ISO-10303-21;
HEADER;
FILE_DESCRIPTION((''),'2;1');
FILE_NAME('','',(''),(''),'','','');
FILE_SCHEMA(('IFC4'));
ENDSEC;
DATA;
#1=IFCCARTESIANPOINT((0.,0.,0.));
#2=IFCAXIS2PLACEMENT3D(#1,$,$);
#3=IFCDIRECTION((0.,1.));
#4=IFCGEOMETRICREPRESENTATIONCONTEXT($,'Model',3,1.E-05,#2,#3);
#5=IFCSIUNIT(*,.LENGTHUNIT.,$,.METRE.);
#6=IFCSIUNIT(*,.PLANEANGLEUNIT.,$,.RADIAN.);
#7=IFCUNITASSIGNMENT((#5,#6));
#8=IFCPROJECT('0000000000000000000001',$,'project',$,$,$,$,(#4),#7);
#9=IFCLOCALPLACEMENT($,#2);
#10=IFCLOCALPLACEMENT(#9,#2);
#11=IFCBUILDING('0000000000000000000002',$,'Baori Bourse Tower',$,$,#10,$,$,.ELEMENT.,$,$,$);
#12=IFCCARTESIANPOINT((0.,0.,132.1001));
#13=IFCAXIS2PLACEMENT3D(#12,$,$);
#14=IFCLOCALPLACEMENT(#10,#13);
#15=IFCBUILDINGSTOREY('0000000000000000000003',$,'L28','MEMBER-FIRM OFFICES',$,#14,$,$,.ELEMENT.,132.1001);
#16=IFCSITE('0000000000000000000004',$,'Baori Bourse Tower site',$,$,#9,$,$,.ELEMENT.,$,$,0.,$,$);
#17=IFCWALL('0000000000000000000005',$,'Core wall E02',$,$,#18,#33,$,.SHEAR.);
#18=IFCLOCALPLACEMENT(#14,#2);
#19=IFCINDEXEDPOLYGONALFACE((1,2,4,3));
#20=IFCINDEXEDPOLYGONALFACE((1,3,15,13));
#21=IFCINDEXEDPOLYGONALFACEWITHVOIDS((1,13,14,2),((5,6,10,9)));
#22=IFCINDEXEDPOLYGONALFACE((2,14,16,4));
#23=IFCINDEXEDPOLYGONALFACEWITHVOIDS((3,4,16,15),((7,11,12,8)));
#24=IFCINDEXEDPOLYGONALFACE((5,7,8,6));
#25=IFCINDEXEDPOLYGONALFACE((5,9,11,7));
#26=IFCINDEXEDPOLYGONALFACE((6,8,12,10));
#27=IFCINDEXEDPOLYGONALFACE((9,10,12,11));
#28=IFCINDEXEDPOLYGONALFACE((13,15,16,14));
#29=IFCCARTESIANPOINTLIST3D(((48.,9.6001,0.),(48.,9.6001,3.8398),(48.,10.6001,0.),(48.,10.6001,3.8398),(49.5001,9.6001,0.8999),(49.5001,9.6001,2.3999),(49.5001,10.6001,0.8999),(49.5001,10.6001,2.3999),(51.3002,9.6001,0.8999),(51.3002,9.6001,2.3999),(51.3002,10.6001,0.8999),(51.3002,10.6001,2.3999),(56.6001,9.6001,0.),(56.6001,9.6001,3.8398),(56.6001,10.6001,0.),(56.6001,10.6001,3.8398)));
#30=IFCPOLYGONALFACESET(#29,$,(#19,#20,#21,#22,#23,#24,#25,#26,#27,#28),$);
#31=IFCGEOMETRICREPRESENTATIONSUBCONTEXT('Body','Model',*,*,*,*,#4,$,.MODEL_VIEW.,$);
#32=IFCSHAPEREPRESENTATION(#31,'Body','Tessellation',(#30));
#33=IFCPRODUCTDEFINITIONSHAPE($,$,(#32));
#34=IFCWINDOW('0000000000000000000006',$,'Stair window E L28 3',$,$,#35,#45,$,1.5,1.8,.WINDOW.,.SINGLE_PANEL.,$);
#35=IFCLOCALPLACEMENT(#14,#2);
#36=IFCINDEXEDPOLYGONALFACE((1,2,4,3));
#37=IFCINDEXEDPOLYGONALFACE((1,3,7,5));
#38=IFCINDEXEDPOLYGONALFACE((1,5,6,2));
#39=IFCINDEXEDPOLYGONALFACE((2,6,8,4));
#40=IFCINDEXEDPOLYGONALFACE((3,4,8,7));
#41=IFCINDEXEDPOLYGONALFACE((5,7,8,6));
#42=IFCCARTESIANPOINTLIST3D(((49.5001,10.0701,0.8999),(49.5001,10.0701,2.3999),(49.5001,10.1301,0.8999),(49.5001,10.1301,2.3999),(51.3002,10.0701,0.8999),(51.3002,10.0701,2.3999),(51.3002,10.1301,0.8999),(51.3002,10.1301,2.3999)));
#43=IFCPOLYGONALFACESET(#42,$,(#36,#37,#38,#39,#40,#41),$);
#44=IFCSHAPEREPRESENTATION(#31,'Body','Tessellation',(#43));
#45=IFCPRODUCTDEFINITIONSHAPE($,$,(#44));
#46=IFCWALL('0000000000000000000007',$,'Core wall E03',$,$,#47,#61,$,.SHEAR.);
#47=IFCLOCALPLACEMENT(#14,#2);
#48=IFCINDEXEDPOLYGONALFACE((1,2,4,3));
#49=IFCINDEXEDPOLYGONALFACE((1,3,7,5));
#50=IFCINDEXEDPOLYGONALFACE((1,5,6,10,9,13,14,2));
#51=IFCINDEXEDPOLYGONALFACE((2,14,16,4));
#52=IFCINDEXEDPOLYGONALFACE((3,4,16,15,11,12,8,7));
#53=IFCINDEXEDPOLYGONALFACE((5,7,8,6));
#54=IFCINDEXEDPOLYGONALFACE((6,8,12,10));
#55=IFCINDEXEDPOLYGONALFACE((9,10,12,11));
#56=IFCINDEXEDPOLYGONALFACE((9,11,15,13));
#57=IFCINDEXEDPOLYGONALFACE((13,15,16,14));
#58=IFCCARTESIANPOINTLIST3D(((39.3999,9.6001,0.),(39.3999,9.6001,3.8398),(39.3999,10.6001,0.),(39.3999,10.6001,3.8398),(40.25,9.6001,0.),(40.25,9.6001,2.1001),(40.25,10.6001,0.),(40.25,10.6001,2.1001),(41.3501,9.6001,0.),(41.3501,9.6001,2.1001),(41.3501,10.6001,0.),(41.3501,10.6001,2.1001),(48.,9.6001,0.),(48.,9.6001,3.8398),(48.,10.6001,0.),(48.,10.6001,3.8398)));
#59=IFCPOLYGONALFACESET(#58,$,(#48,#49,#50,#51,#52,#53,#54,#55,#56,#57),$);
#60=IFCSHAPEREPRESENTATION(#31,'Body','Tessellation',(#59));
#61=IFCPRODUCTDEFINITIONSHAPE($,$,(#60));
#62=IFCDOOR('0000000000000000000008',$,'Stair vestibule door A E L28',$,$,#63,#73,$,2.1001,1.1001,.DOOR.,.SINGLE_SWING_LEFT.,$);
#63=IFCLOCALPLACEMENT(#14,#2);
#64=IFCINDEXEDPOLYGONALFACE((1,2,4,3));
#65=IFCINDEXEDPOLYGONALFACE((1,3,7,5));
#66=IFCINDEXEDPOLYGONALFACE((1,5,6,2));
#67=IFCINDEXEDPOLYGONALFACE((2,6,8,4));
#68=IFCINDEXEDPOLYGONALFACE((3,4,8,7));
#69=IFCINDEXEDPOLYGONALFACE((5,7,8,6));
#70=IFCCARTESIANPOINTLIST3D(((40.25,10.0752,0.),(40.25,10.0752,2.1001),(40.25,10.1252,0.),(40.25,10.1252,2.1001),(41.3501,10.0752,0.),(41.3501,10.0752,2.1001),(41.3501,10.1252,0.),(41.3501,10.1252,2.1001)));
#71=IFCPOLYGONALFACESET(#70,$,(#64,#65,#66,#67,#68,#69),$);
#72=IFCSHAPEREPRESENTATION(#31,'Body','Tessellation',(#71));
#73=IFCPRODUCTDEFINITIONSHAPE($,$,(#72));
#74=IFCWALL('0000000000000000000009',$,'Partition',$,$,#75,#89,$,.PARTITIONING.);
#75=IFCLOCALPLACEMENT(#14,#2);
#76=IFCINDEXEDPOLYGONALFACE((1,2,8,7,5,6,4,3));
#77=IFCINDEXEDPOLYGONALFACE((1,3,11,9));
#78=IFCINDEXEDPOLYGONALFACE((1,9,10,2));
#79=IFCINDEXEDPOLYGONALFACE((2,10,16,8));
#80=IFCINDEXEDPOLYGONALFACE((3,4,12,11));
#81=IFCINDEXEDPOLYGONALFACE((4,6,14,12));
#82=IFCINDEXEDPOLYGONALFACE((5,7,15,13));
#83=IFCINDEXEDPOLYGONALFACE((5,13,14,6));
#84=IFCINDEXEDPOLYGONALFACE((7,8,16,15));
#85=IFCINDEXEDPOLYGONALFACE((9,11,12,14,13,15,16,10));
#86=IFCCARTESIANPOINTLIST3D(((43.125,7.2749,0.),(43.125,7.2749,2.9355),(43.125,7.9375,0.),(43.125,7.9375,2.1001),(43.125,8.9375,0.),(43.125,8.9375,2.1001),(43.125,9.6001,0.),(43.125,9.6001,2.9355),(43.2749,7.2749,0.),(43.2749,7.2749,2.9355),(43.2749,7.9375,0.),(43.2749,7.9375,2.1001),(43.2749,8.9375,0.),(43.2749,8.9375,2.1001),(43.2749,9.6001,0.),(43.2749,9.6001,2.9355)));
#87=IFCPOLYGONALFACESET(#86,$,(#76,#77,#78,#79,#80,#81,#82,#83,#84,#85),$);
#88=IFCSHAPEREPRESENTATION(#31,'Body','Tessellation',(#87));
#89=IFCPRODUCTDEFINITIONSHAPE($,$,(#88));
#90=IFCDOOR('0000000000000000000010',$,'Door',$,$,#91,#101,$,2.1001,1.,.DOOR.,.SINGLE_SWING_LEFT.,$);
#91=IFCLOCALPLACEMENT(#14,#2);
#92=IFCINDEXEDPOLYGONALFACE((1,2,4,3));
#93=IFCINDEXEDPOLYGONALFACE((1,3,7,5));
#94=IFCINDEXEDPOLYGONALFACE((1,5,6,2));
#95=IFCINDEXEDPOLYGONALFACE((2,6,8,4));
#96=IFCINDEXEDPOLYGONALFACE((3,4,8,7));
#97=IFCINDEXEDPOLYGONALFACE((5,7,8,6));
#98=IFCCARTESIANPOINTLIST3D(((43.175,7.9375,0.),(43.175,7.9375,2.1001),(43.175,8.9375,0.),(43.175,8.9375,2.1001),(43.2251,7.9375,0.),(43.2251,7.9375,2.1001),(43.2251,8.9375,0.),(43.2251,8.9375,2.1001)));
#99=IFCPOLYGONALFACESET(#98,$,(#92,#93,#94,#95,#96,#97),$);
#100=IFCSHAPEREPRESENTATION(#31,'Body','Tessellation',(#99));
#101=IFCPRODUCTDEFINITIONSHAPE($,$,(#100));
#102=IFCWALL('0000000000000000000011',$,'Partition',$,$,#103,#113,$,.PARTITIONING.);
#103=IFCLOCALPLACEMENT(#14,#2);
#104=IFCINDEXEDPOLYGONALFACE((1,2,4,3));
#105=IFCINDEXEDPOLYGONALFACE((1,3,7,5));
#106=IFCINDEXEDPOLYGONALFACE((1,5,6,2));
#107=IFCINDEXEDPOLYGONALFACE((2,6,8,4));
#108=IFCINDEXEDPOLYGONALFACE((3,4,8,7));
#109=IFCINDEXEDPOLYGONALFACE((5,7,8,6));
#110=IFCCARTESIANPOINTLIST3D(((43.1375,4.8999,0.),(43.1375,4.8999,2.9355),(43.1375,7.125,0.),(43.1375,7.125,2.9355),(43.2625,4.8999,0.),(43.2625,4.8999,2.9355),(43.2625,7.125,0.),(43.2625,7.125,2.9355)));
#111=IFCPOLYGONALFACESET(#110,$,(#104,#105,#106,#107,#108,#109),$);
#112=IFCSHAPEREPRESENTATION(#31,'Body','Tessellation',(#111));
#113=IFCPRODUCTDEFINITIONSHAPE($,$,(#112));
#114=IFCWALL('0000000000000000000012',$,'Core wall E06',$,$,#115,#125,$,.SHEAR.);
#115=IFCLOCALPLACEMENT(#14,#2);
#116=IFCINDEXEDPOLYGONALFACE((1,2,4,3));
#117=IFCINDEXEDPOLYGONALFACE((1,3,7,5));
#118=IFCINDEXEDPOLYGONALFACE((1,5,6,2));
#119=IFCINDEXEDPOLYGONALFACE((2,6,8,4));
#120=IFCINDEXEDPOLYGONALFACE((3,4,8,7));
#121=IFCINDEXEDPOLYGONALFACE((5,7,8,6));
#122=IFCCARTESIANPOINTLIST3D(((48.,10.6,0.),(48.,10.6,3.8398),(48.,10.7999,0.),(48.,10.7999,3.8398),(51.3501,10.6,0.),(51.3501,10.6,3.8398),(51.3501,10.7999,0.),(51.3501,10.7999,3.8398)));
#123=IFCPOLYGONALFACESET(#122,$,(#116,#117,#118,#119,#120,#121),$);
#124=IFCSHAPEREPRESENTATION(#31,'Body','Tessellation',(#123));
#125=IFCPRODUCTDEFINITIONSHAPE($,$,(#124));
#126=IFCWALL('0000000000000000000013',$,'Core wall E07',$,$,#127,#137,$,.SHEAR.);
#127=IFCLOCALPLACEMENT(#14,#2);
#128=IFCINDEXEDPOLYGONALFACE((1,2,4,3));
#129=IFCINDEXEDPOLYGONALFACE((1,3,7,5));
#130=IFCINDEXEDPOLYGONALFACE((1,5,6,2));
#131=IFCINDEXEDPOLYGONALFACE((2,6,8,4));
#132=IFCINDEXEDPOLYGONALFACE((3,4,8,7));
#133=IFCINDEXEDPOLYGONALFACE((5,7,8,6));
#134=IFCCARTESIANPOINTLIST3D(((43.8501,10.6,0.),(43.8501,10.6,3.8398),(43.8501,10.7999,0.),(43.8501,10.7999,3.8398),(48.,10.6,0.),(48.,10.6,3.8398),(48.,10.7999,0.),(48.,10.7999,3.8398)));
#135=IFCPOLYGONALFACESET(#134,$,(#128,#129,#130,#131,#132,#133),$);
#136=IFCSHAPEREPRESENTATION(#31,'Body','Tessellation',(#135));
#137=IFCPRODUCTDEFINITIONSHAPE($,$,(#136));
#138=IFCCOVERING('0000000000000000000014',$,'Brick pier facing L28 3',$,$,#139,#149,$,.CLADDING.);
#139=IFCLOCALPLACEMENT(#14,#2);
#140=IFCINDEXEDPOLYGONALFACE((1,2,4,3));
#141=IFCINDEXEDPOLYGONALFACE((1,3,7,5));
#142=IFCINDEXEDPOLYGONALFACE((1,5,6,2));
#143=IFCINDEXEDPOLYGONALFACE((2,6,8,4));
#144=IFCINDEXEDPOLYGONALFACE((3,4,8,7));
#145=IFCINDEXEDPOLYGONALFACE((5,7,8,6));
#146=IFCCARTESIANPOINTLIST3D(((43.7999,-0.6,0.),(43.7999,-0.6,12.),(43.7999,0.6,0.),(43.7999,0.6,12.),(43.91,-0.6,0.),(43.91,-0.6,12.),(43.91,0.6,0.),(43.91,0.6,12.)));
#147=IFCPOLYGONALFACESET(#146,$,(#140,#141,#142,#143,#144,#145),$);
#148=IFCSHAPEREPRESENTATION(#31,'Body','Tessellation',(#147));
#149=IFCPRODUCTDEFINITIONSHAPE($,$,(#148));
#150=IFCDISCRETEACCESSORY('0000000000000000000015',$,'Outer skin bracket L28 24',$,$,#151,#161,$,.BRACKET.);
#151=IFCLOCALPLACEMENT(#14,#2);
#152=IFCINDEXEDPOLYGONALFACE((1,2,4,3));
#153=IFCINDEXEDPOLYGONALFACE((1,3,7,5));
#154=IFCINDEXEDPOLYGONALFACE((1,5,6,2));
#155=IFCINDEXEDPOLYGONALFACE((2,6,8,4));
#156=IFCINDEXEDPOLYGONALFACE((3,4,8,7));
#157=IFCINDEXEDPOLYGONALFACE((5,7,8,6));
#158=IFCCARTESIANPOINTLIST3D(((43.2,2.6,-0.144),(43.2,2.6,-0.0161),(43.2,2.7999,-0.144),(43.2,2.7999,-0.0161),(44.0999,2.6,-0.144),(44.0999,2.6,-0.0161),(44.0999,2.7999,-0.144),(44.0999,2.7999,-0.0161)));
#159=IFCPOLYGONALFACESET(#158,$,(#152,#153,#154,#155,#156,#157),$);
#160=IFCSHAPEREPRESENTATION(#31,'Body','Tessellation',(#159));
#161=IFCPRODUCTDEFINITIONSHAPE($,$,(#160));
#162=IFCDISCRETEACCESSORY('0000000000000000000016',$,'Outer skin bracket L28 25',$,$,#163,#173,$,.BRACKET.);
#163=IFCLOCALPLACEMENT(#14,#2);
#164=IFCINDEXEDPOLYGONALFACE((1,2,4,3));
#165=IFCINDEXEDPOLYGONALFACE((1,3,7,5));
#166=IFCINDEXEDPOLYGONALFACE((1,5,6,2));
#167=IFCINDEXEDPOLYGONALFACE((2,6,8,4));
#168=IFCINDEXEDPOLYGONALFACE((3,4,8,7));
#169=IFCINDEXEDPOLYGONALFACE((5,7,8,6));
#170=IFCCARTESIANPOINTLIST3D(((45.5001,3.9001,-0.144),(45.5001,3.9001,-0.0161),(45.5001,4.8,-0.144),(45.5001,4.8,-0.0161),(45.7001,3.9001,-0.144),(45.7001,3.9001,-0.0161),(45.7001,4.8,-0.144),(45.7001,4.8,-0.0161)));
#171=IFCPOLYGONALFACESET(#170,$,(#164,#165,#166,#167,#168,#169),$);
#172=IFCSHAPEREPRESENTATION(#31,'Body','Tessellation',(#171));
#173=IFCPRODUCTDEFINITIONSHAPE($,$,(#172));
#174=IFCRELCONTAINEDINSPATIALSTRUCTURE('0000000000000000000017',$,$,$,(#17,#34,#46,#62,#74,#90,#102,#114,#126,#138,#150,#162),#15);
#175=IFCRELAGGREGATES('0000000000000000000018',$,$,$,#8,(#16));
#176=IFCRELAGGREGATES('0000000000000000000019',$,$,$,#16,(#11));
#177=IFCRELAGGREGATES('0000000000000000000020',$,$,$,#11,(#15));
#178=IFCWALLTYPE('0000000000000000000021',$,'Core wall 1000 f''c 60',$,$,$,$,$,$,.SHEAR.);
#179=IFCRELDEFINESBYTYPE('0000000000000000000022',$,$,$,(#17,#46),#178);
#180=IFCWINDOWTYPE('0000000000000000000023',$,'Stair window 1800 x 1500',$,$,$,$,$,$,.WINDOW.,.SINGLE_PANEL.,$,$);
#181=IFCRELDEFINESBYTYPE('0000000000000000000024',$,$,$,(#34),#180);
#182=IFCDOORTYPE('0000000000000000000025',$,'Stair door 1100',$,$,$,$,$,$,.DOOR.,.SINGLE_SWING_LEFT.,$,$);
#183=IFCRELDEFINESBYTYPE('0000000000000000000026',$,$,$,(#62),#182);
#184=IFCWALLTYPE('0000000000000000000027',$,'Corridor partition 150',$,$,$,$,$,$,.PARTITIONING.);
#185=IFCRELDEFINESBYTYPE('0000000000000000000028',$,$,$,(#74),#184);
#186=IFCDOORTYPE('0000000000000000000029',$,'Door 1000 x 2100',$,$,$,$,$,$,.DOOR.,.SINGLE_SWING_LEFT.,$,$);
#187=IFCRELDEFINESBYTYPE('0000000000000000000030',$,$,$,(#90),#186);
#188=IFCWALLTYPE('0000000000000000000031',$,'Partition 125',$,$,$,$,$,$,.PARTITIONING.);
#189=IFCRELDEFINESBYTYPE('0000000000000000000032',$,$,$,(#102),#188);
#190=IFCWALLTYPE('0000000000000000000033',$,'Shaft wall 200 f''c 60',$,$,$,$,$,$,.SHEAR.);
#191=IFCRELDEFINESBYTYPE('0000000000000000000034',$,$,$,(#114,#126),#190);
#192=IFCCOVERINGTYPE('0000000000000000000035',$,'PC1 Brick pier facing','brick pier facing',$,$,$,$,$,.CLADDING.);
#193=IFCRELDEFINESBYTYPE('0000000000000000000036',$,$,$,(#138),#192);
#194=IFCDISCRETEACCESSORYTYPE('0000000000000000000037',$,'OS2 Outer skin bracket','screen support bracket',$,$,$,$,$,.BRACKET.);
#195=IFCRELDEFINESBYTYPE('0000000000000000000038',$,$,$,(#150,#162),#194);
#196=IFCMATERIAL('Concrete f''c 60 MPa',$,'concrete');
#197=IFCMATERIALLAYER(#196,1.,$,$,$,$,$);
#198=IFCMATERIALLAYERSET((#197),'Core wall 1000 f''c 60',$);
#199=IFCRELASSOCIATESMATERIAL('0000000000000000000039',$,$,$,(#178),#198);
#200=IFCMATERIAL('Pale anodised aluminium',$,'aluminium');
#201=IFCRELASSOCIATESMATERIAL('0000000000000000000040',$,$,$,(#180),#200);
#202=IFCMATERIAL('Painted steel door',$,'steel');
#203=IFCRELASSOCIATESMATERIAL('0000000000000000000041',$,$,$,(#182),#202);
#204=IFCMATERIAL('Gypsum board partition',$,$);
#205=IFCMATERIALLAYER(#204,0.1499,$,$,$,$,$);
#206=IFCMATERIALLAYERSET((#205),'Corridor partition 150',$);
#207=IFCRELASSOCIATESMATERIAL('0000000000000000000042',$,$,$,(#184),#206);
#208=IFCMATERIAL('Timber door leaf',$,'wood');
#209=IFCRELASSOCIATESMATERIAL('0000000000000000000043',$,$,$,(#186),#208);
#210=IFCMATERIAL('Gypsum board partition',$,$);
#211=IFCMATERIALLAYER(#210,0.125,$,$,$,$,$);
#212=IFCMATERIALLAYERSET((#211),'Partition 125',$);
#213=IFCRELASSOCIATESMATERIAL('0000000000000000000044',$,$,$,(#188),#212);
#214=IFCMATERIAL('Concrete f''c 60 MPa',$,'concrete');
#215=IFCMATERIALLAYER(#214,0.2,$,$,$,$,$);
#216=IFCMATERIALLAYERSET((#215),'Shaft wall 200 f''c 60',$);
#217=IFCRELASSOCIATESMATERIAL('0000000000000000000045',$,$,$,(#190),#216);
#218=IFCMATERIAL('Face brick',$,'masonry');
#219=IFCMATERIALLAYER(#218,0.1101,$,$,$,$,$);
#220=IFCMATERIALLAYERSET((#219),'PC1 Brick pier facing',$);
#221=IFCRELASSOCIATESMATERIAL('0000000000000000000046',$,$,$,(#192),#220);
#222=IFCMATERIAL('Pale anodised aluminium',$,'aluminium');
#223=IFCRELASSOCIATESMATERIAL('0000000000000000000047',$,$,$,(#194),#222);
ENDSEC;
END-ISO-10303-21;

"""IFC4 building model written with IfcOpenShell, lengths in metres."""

from ifc_helpers import new_model, si_unit, direction, frame, frame_2d, origin, origin_2d, place, context, subcontext, project, spatial, rectangle, extrude, material, layer, layer_set, type_object, element, fill, save


model = new_model("IFC4")

# Units and contexts
model_context = context("Model", 3, precision=1e-05, world=origin(), true_north=direction((0.0, 1.0)))
body_context = subcontext(model_context, "Body", "Model", "MODEL_VIEW")
ifc_project = project(units=[si_unit("LENGTHUNIT", "METRE"), si_unit("PLANEANGLEUNIT", "RADIAN")], contexts=[model_context])

# Site, building, storey
site_placement = place(None, origin())
site = spatial("IfcSite", under=ifc_project, at=site_placement, Name="Baori Bourse Tower site", CompositionType="ELEMENT", RefElevation=0.0)
building_placement = place(site_placement, origin())
building = spatial("IfcBuilding", under=site, at=building_placement, Name="Baori Bourse Tower", CompositionType="ELEMENT")
storey_placement = place(building_placement, frame((0.0, 0.0, 132.1001)))
storey = spatial("IfcBuildingStorey", under=building, at=storey_placement, Name="L28", Description="MEMBER-FIRM OFFICES", CompositionType="ELEMENT", Elevation=132.1001)

# Wall, opening, window
ifc_material_1 = material(Name="Concrete f'c 60 MPa", Category="concrete")
ifc_layer_1 = layer(ifc_material_1, 1.0)
ifc_layer_set_1 = layer_set([ifc_layer_1], Name="Core wall 1000 f'c 60")
wall_type_1 = type_object("IfcWallType", Name="Core wall 1000 f'c 60", PredefinedType="SHEAR", material=ifc_layer_set_1)
wall_1_placement = place(storey_placement, frame((56.6001, 10.1001, 0.0), z_axis=(0.0, 0.0, 1.0), x_axis=(-1.0, 0.0, 0.0)))
wall_1 = element("IfcWall", 1, at=wall_1_placement, inside=storey, type_object=wall_type_1, Name="Core wall E02", PredefinedType="SHEAR", context=body_context, shape_type="SweptSolid", body=[
    extrude(rectangle(XDim=8.6001, YDim=1.0, at=frame_2d((4.3, 0.0))), origin(), (0.0, 0.0, 1.0), 3.8398),
])
opening_1_placement = place(wall_1_placement, frame((5.3, 0.0, 0.8999)))
opening_1 = element("IfcOpeningElement", 2, at=opening_1_placement, cuts=wall_1, PredefinedType="OPENING", context=body_context, shape_type="SweptSolid", body=[
    extrude(rectangle(XDim=1.8, YDim=1.5, at=frame_2d((0.8999, 0.75))), frame((0.0, 0.51, 0.0), z_axis=(0.0, -1.0, 0.0), x_axis=(1.0, 0.0, 0.0)), (0.0, 0.0, 1.0), 1.02),
])
ifc_material_2 = material(Name="Pale anodised aluminium", Category="aluminium")
window_type = type_object("IfcWindowType", Name="Stair window 1800 x 1500", PartitioningType="SINGLE_PANEL", PredefinedType="WINDOW", material=ifc_material_2)
window_placement = place(opening_1_placement, origin())
window = element("IfcWindow", 3, at=window_placement, inside=storey, type_object=window_type, Name="Stair window E L28 3", OverallHeight=1.5, OverallWidth=1.8, PartitioningType="SINGLE_PANEL", PredefinedType="WINDOW", context=body_context, shape_type="SweptSolid", body=[
    extrude(rectangle(XDim=1.8, YDim=1.5, at=frame_2d((0.8999, 0.75))), frame((0.0, 0.03, 0.0), z_axis=(0.0, -1.0, 0.0), x_axis=(1.0, 0.0, 0.0)), (0.0, 0.0, 1.0), 0.0601),
])
fill(opening_1, window)

# Walls, openings, doors
wall_2_placement = place(storey_placement, frame((48.0, 10.1001, 0.0), z_axis=(0.0, 0.0, 1.0), x_axis=(-1.0, 0.0, 0.0)))
wall_2 = element("IfcWall", 4, at=wall_2_placement, inside=storey, type_object=wall_type_1, Name="Core wall E03", PredefinedType="SHEAR", context=body_context, shape_type="SweptSolid", body=[
    extrude(rectangle(XDim=8.6001, YDim=1.0, at=frame_2d((4.3, 0.0))), origin(), (0.0, 0.0, 1.0), 3.8398),
])
opening_2_placement = place(wall_2_placement, frame((6.6499, 0.0, 0.0)))
opening_2 = element("IfcOpeningElement", 5, at=opening_2_placement, cuts=wall_2, PredefinedType="OPENING", context=body_context, shape_type="SweptSolid", body=[
    extrude(rectangle(XDim=1.1001, YDim=2.1001, at=frame_2d((0.55, 1.05))), frame((0.0, 0.51, 0.0), z_axis=(0.0, -1.0, 0.0), x_axis=(1.0, 0.0, 0.0)), (0.0, 0.0, 1.0), 1.02),
])
ifc_material_3 = material(Name="Painted steel door", Category="steel")
door_type_1 = type_object("IfcDoorType", Name="Stair door 1100", OperationType="SINGLE_SWING_LEFT", PredefinedType="DOOR", material=ifc_material_3)
door_1_placement = place(opening_2_placement, origin())
door_1 = element("IfcDoor", 6, at=door_1_placement, inside=storey, type_object=door_type_1, Name="Stair vestibule door A E L28", OperationType="SINGLE_SWING_LEFT", OverallHeight=2.1001, OverallWidth=1.1001, PredefinedType="DOOR", context=body_context, shape_type="SweptSolid", body=[
    extrude(rectangle(XDim=1.1001, YDim=2.1001, at=frame_2d((0.55, 1.05))), frame((0.0, 0.0249, 0.0), z_axis=(0.0, -1.0, 0.0), x_axis=(1.0, 0.0, 0.0)), (0.0, 0.0, 1.0), 0.05),
])
fill(opening_2, door_1)
ifc_material_4 = material(Name="Gypsum board partition")
ifc_layer_2 = layer(ifc_material_4, 0.1499)
ifc_layer_set_2 = layer_set([ifc_layer_2], Name="Corridor partition 150")
wall_type_2 = type_object("IfcWallType", Name="Corridor partition 150", PredefinedType="PARTITIONING", material=ifc_layer_set_2)
wall_3_placement = place(storey_placement, frame((43.2, 7.2749, 0.0), z_axis=(0.0, 0.0, 1.0), x_axis=(0.0, 1.0, 0.0)))
wall_3 = element("IfcWall", 7, at=wall_3_placement, inside=storey, type_object=wall_type_2, Name="Partition", PredefinedType="PARTITIONING", context=body_context, shape_type="SweptSolid", body=[
    extrude(rectangle(XDim=2.3252, YDim=0.1499, at=frame_2d((1.1626, 0.0))), origin(), (0.0, 0.0, 1.0), 2.9355),
])
opening_3_placement = place(wall_3_placement, frame((0.6626, 0.0, 0.0)))
opening_3 = element("IfcOpeningElement", 8, at=opening_3_placement, cuts=wall_3, PredefinedType="OPENING", context=body_context, shape_type="SweptSolid", body=[
    extrude(rectangle(XDim=1.0, YDim=2.1001, at=frame_2d((0.5, 1.05))), frame((0.0, 0.085, 0.0), z_axis=(0.0, -1.0, 0.0), x_axis=(1.0, 0.0, 0.0)), (0.0, 0.0, 1.0), 0.1699),
])
ifc_material_5 = material(Name="Timber door leaf", Category="wood")
door_type_2 = type_object("IfcDoorType", Name="Door 1000 x 2100", OperationType="SINGLE_SWING_LEFT", PredefinedType="DOOR", material=ifc_material_5)
door_2_placement = place(opening_3_placement, origin())
door_2 = element("IfcDoor", 9, at=door_2_placement, inside=storey, type_object=door_type_2, Name="Door", OperationType="SINGLE_SWING_LEFT", OverallHeight=2.1001, OverallWidth=1.0, PredefinedType="DOOR", context=body_context, shape_type="SweptSolid", body=[
    extrude(rectangle(XDim=1.0, YDim=2.1001, at=frame_2d((0.5, 1.05))), frame((0.0, 0.0249, 0.0), z_axis=(0.0, -1.0, 0.0), x_axis=(1.0, 0.0, 0.0)), (0.0, 0.0, 1.0), 0.05),
])
fill(opening_3, door_2)

# Walls
ifc_material_6 = material(Name="Gypsum board partition")
ifc_layer_3 = layer(ifc_material_6, 0.125)
ifc_layer_set_3 = layer_set([ifc_layer_3], Name="Partition 125")
wall_type_3 = type_object("IfcWallType", Name="Partition 125", PredefinedType="PARTITIONING", material=ifc_layer_set_3)
wall_4_placement = place(storey_placement, frame((43.2, 4.8999, 0.0), z_axis=(0.0, 0.0, 1.0), x_axis=(0.0, 1.0, 0.0)))
element("IfcWall", 10, at=wall_4_placement, inside=storey, type_object=wall_type_3, Name="Partition", PredefinedType="PARTITIONING", context=body_context, shape_type="SweptSolid", body=[
    extrude(rectangle(XDim=2.2251, YDim=0.125, at=frame_2d((1.1125, 0.0))), origin(), (0.0, 0.0, 1.0), 2.9355),
])
ifc_material_7 = material(Name="Concrete f'c 60 MPa", Category="concrete")
ifc_layer_4 = layer(ifc_material_7, 0.2)
ifc_layer_set_4 = layer_set([ifc_layer_4], Name="Shaft wall 200 f'c 60")
wall_type_4 = type_object("IfcWallType", Name="Shaft wall 200 f'c 60", PredefinedType="SHEAR", material=ifc_layer_set_4)
wall_5_placement = place(storey_placement, frame((48.0, 10.7, 0.0), z_axis=(0.0, 0.0, 1.0), x_axis=(1.0, 0.0, 0.0)))
element("IfcWall", 11, at=wall_5_placement, inside=storey, type_object=wall_type_4, Name="Core wall E06", PredefinedType="SHEAR", context=body_context, shape_type="SweptSolid", body=[
    extrude(rectangle(XDim=3.3501, YDim=0.2, at=frame_2d((1.675, 0.0))), origin(), (0.0, 0.0, 1.0), 3.8398),
])
wall_6_placement = place(storey_placement, frame((43.8501, 10.7, 0.0), z_axis=(0.0, 0.0, 1.0), x_axis=(1.0, 0.0, 0.0)))
element("IfcWall", 12, at=wall_6_placement, inside=storey, type_object=wall_type_4, Name="Core wall E07", PredefinedType="SHEAR", context=body_context, shape_type="SweptSolid", body=[
    extrude(rectangle(XDim=4.1499, YDim=0.2, at=frame_2d((2.075, 0.0))), origin(), (0.0, 0.0, 1.0), 3.8398),
])

# Covering
ifc_material_8 = material(Name="Face brick", Category="masonry")
ifc_layer_5 = layer(ifc_material_8, 0.1101)
ifc_layer_set_5 = layer_set([ifc_layer_5], Name="PC1 Brick pier facing")
covering_type = type_object("IfcCoveringType", Name="PC1 Brick pier facing", Description="brick pier facing", PredefinedType="CLADDING", material=ifc_layer_set_5)
covering_placement = place(storey_placement, frame((43.855, 0.0, 0.0), z_axis=(0.0, 0.0, 1.0), x_axis=(1.0, 0.0, 0.0)))
element("IfcCovering", 13, at=covering_placement, inside=storey, type_object=covering_type, Name="Brick pier facing L28 3", PredefinedType="CLADDING", context=body_context, shape_type="SweptSolid", body=[
    extrude(rectangle(XDim=0.1101, YDim=1.2, at=origin_2d()), origin(), (0.0, 0.0, 1.0), 12.0),
])

# Discrete accessories
ifc_material_9 = material(Name="Pale anodised aluminium", Category="aluminium")
discrete_accessory_type = type_object("IfcDiscreteAccessoryType", Name="OS2 Outer skin bracket", Description="screen support bracket", PredefinedType="BRACKET", material=ifc_material_9)
for number, where, z_axis, x_axis, name in (
    (14, (43.6499, 2.7, -0.144), (0.0, 0.0, 1.0), (0.0, 1.0, 0.0), "Outer skin bracket L28 24"),
    (15, (45.6001, 4.3501, -0.144), (0.0, 0.0, 1.0), (1.0, 0.0, 0.0), "Outer skin bracket L28 25"),
):
    element("IfcDiscreteAccessory", number, at=place(storey_placement, frame(where, z_axis=z_axis, x_axis=x_axis)), inside=storey, type_object=discrete_accessory_type, Name=name, PredefinedType="BRACKET", context=body_context, shape_type="SweptSolid", body=[
        extrude(rectangle(XDim=0.2, YDim=0.8999, at=origin_2d()), origin(), (0.0, 0.0, 1.0), 0.1279),
    ])

save(model, "model.ifc")
